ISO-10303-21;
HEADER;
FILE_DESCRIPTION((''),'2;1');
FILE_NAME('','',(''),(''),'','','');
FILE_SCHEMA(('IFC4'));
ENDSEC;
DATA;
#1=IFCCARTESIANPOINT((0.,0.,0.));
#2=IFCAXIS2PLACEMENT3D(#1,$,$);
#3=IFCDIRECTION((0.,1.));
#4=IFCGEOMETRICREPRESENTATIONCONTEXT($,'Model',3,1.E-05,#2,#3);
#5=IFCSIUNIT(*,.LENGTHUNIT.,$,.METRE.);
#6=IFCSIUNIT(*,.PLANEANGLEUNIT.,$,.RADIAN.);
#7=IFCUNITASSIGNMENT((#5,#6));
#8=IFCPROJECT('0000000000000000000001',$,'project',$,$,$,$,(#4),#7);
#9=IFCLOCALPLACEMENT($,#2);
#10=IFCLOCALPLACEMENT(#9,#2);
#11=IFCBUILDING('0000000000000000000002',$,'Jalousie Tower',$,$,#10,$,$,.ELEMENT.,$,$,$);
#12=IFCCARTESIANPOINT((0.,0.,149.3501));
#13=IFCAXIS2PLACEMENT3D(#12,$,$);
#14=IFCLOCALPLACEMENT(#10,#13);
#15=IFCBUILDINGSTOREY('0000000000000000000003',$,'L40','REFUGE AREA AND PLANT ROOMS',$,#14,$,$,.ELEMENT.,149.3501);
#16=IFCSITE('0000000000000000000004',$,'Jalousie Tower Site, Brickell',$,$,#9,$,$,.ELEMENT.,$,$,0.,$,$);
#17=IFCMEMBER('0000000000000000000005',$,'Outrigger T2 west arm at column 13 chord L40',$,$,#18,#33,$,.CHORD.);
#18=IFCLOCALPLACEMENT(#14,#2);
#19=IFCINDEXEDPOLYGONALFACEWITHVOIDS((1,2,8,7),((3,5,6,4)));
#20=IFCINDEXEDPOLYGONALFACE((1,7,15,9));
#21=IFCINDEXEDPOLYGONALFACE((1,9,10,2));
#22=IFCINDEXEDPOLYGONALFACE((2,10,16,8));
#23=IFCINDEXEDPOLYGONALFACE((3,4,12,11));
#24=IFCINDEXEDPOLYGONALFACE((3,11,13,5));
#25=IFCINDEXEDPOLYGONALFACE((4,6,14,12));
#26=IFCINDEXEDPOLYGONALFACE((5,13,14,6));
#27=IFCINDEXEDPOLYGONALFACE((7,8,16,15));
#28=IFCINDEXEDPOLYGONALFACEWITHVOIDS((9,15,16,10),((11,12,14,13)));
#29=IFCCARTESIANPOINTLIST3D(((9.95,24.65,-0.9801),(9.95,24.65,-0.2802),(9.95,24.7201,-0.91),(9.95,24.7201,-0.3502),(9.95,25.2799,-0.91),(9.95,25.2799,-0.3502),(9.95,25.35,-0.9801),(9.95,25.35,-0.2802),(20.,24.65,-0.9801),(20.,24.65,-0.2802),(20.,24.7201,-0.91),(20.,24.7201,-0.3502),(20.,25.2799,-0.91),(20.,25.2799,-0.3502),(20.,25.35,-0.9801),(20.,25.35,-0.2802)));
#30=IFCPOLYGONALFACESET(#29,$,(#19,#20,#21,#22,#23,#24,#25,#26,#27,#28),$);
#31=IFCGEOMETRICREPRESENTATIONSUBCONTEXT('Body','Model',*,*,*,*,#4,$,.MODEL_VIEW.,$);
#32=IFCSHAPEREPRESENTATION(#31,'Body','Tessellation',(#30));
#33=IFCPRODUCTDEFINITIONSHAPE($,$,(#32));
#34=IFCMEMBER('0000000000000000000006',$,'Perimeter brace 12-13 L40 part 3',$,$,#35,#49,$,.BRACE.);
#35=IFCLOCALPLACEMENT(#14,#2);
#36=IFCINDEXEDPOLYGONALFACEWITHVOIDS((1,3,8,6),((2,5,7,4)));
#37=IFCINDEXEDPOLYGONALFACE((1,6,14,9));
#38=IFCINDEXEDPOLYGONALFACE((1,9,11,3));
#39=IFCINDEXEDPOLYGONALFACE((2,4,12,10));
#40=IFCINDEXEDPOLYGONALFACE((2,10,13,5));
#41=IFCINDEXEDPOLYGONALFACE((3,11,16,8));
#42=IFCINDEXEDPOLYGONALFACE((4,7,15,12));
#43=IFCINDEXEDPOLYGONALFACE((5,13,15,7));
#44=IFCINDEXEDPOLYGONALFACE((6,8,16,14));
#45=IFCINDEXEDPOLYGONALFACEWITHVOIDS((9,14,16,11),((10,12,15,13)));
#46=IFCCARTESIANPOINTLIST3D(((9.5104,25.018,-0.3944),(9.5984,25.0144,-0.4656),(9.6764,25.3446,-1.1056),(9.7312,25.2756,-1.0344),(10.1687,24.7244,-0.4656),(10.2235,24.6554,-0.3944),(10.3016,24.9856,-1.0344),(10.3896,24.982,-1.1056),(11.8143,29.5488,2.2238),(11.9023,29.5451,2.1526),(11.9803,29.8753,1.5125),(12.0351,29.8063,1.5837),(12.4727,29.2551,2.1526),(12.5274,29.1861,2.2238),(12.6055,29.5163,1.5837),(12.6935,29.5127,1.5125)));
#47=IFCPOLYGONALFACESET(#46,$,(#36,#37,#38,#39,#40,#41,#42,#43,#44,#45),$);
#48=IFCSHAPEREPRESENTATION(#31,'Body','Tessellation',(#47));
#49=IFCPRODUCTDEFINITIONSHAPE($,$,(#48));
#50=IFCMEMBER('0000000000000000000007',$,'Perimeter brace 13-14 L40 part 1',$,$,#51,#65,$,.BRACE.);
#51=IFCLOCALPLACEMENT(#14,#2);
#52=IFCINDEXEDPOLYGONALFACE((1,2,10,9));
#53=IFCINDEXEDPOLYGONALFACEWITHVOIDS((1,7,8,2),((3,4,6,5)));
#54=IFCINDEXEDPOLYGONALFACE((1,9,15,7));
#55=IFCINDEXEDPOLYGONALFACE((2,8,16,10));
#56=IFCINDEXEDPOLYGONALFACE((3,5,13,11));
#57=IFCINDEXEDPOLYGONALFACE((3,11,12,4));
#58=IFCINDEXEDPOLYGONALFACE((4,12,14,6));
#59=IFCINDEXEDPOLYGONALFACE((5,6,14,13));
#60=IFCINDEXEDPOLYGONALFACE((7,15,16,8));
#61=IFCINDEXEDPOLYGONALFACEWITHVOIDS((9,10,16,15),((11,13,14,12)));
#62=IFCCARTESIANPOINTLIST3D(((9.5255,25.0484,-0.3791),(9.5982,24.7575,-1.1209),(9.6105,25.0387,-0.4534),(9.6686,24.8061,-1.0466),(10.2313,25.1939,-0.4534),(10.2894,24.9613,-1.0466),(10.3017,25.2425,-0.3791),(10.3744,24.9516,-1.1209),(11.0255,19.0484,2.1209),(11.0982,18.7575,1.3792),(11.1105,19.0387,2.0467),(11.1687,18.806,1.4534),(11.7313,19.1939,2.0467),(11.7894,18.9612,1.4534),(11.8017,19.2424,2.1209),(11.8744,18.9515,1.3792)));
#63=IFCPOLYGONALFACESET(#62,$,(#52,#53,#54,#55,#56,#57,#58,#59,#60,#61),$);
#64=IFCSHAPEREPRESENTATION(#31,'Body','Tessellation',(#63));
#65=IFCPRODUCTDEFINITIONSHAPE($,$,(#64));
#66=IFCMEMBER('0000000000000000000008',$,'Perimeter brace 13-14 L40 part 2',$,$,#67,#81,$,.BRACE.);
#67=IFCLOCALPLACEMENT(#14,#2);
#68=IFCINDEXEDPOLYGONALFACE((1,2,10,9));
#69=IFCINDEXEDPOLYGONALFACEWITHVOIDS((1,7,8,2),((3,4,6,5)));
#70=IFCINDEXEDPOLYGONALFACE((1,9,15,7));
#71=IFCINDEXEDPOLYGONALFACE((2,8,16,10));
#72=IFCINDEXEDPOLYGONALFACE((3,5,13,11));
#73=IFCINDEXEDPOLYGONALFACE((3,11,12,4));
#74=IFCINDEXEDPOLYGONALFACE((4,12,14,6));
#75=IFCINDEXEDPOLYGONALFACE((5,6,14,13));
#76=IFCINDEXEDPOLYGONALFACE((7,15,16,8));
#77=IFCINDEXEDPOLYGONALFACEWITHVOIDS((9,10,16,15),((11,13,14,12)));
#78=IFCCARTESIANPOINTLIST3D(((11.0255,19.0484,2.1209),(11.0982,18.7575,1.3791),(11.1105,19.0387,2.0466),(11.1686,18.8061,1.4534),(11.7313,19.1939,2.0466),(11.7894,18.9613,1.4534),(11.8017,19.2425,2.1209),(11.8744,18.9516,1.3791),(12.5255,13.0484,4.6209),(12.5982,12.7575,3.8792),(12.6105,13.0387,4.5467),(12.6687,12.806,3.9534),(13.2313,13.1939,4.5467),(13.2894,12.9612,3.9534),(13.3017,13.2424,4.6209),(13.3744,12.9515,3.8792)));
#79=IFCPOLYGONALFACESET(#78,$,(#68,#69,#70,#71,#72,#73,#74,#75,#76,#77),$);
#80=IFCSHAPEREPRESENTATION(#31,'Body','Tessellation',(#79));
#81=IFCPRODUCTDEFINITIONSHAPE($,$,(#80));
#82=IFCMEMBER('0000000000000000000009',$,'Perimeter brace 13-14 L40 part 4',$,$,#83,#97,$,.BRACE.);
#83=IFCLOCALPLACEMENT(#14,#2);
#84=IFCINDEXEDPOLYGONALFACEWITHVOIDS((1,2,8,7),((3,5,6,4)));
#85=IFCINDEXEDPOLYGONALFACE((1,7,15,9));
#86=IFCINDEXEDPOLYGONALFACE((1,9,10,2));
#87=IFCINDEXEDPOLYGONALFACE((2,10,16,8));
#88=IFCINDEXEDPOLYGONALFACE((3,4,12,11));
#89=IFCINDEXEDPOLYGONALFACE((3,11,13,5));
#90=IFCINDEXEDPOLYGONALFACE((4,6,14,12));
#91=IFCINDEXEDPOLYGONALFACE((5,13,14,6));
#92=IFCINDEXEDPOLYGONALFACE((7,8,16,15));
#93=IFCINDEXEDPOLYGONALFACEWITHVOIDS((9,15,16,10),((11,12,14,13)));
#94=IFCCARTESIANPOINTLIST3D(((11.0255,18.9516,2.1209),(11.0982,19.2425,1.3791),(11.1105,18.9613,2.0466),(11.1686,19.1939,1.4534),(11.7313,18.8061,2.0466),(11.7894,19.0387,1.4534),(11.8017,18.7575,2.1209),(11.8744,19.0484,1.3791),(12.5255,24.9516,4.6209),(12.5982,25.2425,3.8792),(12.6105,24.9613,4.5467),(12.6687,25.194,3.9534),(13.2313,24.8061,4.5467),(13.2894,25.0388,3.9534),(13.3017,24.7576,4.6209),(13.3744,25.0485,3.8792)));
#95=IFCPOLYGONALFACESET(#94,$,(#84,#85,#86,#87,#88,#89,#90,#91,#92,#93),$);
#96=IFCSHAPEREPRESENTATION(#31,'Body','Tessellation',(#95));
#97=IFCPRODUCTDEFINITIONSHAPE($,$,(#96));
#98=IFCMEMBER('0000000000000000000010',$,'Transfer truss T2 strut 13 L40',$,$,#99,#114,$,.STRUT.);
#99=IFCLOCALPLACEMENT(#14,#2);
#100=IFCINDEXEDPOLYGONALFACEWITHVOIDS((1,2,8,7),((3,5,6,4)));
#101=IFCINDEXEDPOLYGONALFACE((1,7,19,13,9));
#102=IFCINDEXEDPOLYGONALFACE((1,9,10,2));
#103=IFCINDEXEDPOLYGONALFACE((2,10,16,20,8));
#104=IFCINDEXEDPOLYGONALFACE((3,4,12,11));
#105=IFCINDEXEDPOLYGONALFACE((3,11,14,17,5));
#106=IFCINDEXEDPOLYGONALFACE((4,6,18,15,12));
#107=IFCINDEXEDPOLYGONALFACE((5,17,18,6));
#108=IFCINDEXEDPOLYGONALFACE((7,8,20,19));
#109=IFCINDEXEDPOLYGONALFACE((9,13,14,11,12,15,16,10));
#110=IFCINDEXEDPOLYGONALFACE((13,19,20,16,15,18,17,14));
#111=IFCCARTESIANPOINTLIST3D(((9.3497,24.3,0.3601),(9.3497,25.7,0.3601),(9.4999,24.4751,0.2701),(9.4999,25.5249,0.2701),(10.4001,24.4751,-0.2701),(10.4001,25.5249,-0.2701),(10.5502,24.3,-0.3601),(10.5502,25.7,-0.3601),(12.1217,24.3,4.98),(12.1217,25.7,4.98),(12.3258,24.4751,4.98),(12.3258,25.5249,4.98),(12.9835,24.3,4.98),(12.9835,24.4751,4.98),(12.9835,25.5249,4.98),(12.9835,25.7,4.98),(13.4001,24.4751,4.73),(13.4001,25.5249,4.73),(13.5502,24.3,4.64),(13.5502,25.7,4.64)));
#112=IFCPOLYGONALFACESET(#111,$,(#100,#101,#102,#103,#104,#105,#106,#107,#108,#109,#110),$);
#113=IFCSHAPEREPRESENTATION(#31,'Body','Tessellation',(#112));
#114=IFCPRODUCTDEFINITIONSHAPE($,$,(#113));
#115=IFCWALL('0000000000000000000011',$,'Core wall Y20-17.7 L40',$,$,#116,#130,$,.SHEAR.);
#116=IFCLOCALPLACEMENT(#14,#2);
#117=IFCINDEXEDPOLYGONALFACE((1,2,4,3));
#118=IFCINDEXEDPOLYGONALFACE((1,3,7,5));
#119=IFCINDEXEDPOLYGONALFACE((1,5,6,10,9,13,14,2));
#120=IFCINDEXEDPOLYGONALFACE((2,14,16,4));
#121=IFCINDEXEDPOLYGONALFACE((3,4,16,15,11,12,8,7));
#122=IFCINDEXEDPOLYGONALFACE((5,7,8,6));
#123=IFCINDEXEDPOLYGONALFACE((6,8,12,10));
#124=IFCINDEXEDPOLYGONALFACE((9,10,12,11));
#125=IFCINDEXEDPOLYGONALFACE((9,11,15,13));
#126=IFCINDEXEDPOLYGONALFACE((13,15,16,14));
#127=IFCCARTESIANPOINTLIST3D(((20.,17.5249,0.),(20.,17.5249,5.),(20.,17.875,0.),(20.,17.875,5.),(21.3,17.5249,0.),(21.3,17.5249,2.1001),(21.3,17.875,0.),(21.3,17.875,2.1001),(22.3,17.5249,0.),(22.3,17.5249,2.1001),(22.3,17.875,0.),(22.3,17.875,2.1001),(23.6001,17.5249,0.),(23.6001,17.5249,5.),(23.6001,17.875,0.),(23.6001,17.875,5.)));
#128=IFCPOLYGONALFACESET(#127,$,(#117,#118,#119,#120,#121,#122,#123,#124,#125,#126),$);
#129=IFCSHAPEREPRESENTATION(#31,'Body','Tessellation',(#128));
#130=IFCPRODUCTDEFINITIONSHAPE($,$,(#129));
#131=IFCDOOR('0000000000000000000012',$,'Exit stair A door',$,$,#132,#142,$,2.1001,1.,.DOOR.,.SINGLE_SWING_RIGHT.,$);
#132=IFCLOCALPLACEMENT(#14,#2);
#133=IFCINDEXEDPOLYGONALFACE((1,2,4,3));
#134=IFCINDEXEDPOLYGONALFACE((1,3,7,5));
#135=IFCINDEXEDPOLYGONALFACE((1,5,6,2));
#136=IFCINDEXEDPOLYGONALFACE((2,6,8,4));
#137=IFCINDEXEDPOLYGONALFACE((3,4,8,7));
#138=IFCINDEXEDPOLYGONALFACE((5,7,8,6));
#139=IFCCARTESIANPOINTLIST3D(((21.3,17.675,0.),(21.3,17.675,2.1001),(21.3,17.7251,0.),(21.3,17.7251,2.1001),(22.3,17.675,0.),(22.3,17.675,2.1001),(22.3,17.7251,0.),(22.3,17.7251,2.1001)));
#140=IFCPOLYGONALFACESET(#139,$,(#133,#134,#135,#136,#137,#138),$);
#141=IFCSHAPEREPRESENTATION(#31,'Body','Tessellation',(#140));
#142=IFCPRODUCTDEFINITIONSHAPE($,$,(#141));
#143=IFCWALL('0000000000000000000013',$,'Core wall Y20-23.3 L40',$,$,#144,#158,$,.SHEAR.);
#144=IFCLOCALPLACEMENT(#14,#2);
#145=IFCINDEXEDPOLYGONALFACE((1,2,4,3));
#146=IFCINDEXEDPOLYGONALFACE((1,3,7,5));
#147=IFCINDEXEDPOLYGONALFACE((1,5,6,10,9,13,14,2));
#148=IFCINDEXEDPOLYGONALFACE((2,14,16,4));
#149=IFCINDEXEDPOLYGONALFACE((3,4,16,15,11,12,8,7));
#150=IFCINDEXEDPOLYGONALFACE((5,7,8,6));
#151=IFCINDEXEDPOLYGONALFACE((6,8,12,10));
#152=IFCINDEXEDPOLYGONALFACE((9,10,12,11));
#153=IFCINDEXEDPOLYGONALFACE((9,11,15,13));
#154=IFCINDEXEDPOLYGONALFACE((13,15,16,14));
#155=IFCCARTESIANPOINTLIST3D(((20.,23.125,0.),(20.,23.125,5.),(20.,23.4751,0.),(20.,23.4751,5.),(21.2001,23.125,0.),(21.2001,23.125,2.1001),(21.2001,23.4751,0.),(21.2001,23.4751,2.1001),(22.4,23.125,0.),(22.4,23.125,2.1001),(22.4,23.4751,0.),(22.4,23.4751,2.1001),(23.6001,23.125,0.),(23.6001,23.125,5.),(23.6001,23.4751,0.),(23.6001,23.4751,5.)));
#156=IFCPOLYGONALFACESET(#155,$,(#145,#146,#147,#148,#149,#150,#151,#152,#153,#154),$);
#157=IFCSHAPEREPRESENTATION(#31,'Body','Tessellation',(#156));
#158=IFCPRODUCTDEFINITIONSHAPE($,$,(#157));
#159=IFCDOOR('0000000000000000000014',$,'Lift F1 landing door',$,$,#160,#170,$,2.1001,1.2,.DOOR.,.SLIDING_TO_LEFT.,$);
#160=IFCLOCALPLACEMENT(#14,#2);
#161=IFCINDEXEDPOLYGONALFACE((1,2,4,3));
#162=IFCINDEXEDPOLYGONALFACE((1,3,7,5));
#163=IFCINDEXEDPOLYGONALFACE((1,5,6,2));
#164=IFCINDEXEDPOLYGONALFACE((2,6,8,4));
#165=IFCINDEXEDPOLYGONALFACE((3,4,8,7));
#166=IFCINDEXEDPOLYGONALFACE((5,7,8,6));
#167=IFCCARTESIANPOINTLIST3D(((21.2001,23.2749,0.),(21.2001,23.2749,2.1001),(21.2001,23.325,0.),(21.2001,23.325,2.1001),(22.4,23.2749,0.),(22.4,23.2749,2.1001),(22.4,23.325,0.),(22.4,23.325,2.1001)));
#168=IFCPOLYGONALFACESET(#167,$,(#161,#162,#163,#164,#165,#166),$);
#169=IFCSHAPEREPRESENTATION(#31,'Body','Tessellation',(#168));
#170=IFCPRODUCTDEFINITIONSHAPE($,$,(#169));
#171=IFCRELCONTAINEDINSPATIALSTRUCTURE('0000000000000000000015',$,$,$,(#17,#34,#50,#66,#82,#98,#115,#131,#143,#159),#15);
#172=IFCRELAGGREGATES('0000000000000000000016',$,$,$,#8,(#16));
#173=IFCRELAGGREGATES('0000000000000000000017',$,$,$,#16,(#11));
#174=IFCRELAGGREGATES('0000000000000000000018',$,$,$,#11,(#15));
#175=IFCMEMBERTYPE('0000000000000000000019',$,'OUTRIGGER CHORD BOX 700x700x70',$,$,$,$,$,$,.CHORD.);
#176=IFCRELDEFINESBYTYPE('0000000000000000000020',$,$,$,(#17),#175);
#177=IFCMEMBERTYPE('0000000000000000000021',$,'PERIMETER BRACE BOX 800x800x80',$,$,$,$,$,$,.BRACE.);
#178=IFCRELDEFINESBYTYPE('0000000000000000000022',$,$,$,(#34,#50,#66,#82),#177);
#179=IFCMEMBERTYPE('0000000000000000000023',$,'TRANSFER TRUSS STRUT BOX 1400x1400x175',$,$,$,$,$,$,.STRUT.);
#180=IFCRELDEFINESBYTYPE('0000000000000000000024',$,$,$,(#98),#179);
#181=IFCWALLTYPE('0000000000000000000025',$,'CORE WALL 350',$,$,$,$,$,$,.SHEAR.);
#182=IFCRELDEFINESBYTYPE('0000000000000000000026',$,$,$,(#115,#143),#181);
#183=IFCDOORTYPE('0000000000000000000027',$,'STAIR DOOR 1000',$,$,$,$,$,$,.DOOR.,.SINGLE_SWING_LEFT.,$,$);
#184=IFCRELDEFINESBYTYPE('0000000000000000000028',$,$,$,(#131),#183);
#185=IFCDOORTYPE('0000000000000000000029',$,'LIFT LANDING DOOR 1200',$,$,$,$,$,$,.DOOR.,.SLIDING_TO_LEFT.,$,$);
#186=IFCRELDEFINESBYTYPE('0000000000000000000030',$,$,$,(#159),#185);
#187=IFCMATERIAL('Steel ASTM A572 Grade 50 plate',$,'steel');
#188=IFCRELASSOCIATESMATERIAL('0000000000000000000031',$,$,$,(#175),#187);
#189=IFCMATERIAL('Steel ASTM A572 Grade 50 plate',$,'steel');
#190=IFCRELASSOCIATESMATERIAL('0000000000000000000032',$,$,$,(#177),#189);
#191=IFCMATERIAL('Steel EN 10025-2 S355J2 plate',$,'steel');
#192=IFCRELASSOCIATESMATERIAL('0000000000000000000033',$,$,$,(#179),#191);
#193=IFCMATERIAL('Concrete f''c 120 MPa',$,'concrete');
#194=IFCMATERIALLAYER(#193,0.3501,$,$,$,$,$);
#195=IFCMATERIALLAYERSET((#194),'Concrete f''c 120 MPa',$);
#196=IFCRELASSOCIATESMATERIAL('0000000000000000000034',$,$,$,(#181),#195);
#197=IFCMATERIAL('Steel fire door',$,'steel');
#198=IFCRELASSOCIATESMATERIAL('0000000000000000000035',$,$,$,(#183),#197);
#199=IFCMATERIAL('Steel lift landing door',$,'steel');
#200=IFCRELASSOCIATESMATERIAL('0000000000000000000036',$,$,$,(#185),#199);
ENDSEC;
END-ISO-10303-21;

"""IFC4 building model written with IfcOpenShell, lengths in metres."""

from ifc_helpers import new_model, si_unit, direction, frame, frame_2d, origin, origin_2d, place, context, subcontext, project, spatial, rectangle, hollow_rectangle, extrude, clip, halfspace, material, layer, layer_set, material_profile, profile_set, type_object, element, fill, save


model = new_model("IFC4")

# Units and contexts
model_context = context("Model", 3, precision=1e-05, world=origin(), true_north=direction((0.0, 1.0)))
body_context = subcontext(model_context, "Body", "Model", "MODEL_VIEW")
ifc_project = project(units=[si_unit("LENGTHUNIT", "METRE"), si_unit("PLANEANGLEUNIT", "RADIAN")], contexts=[model_context])

# Site, building, storey
site_placement = place(None, origin())
site = spatial("IfcSite", under=ifc_project, at=site_placement, Name="Jalousie Tower Site, Brickell", CompositionType="ELEMENT", RefElevation=0.0)
building_placement = place(site_placement, origin())
building = spatial("IfcBuilding", under=site, at=building_placement, Name="Jalousie Tower", CompositionType="ELEMENT")
storey_placement = place(building_placement, frame((0.0, 0.0, 149.3501)))
storey = spatial("IfcBuildingStorey", under=building, at=storey_placement, Name="L40", Description="REFUGE AREA AND PLANT ROOMS", CompositionType="ELEMENT", Elevation=149.3501)

# Members
ifc_material_1 = material(Name="Steel ASTM A572 Grade 50 plate", Category="steel")
ifc_material_profile_1 = material_profile(ifc_material_1, hollow_rectangle(XDim=0.7, YDim=0.7, WallThickness=0.0701, at=origin_2d()), Name="BOX 700x700x70")
ifc_profile_set_1 = profile_set([ifc_material_profile_1], Name="Steel ASTM A572 Grade 50 plate")
member_type_1 = type_object("IfcMemberType", Name="OUTRIGGER CHORD BOX 700x700x70", PredefinedType="CHORD", material=ifc_profile_set_1)
member_1_placement = place(storey_placement, frame((9.95, 25.0, -0.6301), z_axis=(1.0, 0.0, 0.0), x_axis=(0.0, 1.0, 0.0)))
element("IfcMember", 1, at=member_1_placement, inside=storey, type_object=member_type_1, Name="Outrigger T2 west arm at column 13 chord L40", PredefinedType="CHORD", context=body_context, shape_type="SweptSolid", body=[
    extrude(hollow_rectangle(XDim=0.7, YDim=0.7, WallThickness=0.0701, at=origin_2d()), origin(), (0.0, 0.0, 1.0), 10.05),
])
ifc_material_2 = material(Name="Steel ASTM A572 Grade 50 plate", Category="steel")
ifc_material_profile_2 = material_profile(ifc_material_2, hollow_rectangle(XDim=0.8, YDim=0.8, WallThickness=0.0801, at=origin_2d()), Name="BOX 800x800x80")
ifc_profile_set_2 = profile_set([ifc_material_profile_2], Name="Steel ASTM A572 Grade 50 plate")
member_type_2 = type_object("IfcMemberType", Name="PERIMETER BRACE BOX 800x800x80", PredefinedType="BRACE", material=ifc_profile_set_2)
member_2_placement = place(storey_placement, frame((9.95, 25.0, -0.75), z_axis=(0.402959, 0.792426, 0.457914), x_axis=(-0.891371, 0.453274, 0.0)))
element("IfcMember", 2, at=member_2_placement, inside=storey, type_object=member_type_2, Name="Perimeter brace 12-13 L40 part 3", PredefinedType="BRACE", context=body_context, shape_type="SweptSolid", body=[
    extrude(hollow_rectangle(XDim=0.8, YDim=0.8, WallThickness=0.0801, at=origin_2d()), origin(), (0.0, 0.0, 1.0), 5.7175),
])
for number, where, z_axis, x_axis, name in (
    (3, (9.95, 25.0, -0.75), (0.22486, -0.899438, 0.374766), (0.970143, 0.242536, 0.0), "Perimeter brace 13-14 L40 part 1"),
    (4, (11.45, 19.0, 1.75), (0.22486, -0.899438, 0.374766), (0.970143, 0.242536, 0.0), "Perimeter brace 13-14 L40 part 2"),
    (5, (11.45, 19.0, 1.75), (0.22486, 0.899438, 0.374766), (-0.970143, 0.242536, 0.0), "Perimeter brace 13-14 L40 part 4"),
):
    element("IfcMember", number, at=place(storey_placement, frame(where, z_axis=z_axis, x_axis=x_axis)), inside=storey, type_object=member_type_2, Name=name, PredefinedType="BRACE", context=body_context, shape_type="SweptSolid", body=[
        extrude(hollow_rectangle(XDim=0.8, YDim=0.8, WallThickness=0.0801, at=origin_2d()), origin(), (0.0, 0.0, 1.0), 6.6709),
    ])
ifc_material_3 = material(Name="Steel EN 10025-2 S355J2 plate", Category="steel")
ifc_material_profile_3 = material_profile(ifc_material_3, hollow_rectangle(XDim=1.3999, YDim=1.3999, WallThickness=0.175, at=origin_2d()), Name="BOX 1400x1400x175")
ifc_profile_set_3 = profile_set([ifc_material_profile_3], Name="Steel EN 10025-2 S355J2 plate")
member_type_3 = type_object("IfcMemberType", Name="TRANSFER TRUSS STRUT BOX 1400x1400x175", PredefinedType="STRUT", material=ifc_profile_set_3)
member_3_placement = place(storey_placement, frame((9.95, 25.0, 0.0), z_axis=(0.514496, 0.0, 0.857493), x_axis=(0.0, 1.0, 0.0)))
element("IfcMember", 6, at=member_3_placement, inside=storey, type_object=member_type_3, Name="Transfer truss T2 strut 13 L40", PredefinedType="STRUT", context=body_context, shape_type="Clipping", body=[
    clip(extrude(hollow_rectangle(XDim=1.3999, YDim=1.3999, WallThickness=0.175, at=origin_2d()), origin(), (0.0, 0.0, 1.0), 5.8311), halfspace(frame((0.0, 0.0, 5.8076), z_axis=(0.0, 0.514496, 0.857493)), False)),
])

# Walls, openings, doors
ifc_material_4 = material(Name="Concrete f'c 120 MPa", Category="concrete")
ifc_layer_1 = layer(ifc_material_4, 0.3501)
ifc_layer_set_1 = layer_set([ifc_layer_1], Name="Concrete f'c 120 MPa")
wall_type_1 = type_object("IfcWallType", Name="CORE WALL 350", PredefinedType="SHEAR", material=ifc_layer_set_1)
wall_1_placement = place(storey_placement, frame((20.0, 17.7, 0.0), z_axis=(0.0, 0.0, 1.0), x_axis=(1.0, 0.0, 0.0)))
wall_1 = element("IfcWall", 7, at=wall_1_placement, inside=storey, type_object=wall_type_1, Name="Core wall Y20-17.7 L40", PredefinedType="SHEAR", context=body_context, shape_type="SweptSolid", body=[
    extrude(rectangle(XDim=3.6001, YDim=0.3501, at=frame_2d((1.8, 0.0))), origin(), (0.0, 0.0, 1.0), 5.0),
])
opening_1_placement = place(wall_1_placement, frame((1.3, 0.0, 0.0)))
opening_1 = element("IfcOpeningElement", 8, at=opening_1_placement, cuts=wall_1, PredefinedType="OPENING", context=body_context, shape_type="SweptSolid", body=[
    extrude(rectangle(XDim=1.0, YDim=2.1001, at=frame_2d((0.5, 1.05))), frame((0.0, 0.1851, 0.0), z_axis=(0.0, -1.0, 0.0), x_axis=(1.0, 0.0, 0.0)), (0.0, 0.0, 1.0), 0.3701),
])
ifc_material_5 = material(Name="Steel fire door", Category="steel")
door_type_1 = type_object("IfcDoorType", Name="STAIR DOOR 1000", OperationType="SINGLE_SWING_LEFT", PredefinedType="DOOR", material=ifc_material_5)
door_1_placement = place(opening_1_placement, frame((1.0, 0.0, 0.0), z_axis=(0.0, 0.0, 1.0), x_axis=(-1.0, 0.0, 0.0)))
door_1 = element("IfcDoor", 9, at=door_1_placement, inside=storey, type_object=door_type_1, Name="Exit stair A door", OperationType="SINGLE_SWING_RIGHT", OverallHeight=2.1001, OverallWidth=1.0, PredefinedType="DOOR", context=body_context, shape_type="SweptSolid", body=[
    extrude(rectangle(XDim=1.0, YDim=2.1001, at=frame_2d((0.5, 1.05))), frame((0.0, 0.0249, 0.0), z_axis=(0.0, -1.0, 0.0), x_axis=(1.0, 0.0, 0.0)), (0.0, 0.0, 1.0), 0.05),
])
fill(opening_1, door_1)
wall_2_placement = place(storey_placement, frame((20.0, 23.3, 0.0), z_axis=(0.0, 0.0, 1.0), x_axis=(1.0, 0.0, 0.0)))
wall_2 = element("IfcWall", 10, at=wall_2_placement, inside=storey, type_object=wall_type_1, Name="Core wall Y20-23.3 L40", PredefinedType="SHEAR", context=body_context, shape_type="SweptSolid", body=[
    extrude(rectangle(XDim=3.6001, YDim=0.3501, at=frame_2d((1.8, 0.0))), origin(), (0.0, 0.0, 1.0), 5.0),
])
opening_2_placement = place(wall_2_placement, frame((1.2, 0.0, 0.0)))
opening_2 = element("IfcOpeningElement", 11, at=opening_2_placement, cuts=wall_2, PredefinedType="OPENING", context=body_context, shape_type="SweptSolid", body=[
    extrude(rectangle(XDim=1.2, YDim=2.1001, at=frame_2d((0.6001, 1.05))), frame((0.0, 0.1851, 0.0), z_axis=(0.0, -1.0, 0.0), x_axis=(1.0, 0.0, 0.0)), (0.0, 0.0, 1.0), 0.3701),
])
ifc_material_6 = material(Name="Steel lift landing door", Category="steel")
door_type_2 = type_object("IfcDoorType", Name="LIFT LANDING DOOR 1200", OperationType="SLIDING_TO_LEFT", PredefinedType="DOOR", material=ifc_material_6)
door_2_placement = place(opening_2_placement, origin())
door_2 = element("IfcDoor", 12, at=door_2_placement, inside=storey, type_object=door_type_2, Name="Lift F1 landing door", OperationType="SLIDING_TO_LEFT", OverallHeight=2.1001, OverallWidth=1.2, PredefinedType="DOOR", context=body_context, shape_type="SweptSolid", body=[
    extrude(rectangle(XDim=1.2, YDim=2.1001, at=frame_2d((0.6001, 1.05))), frame((0.0, 0.0249, 0.0), z_axis=(0.0, -1.0, 0.0), x_axis=(1.0, 0.0, 0.0)), (0.0, 0.0, 1.0), 0.05),
])
fill(opening_2, door_2)

save(model, "model.ifc")
